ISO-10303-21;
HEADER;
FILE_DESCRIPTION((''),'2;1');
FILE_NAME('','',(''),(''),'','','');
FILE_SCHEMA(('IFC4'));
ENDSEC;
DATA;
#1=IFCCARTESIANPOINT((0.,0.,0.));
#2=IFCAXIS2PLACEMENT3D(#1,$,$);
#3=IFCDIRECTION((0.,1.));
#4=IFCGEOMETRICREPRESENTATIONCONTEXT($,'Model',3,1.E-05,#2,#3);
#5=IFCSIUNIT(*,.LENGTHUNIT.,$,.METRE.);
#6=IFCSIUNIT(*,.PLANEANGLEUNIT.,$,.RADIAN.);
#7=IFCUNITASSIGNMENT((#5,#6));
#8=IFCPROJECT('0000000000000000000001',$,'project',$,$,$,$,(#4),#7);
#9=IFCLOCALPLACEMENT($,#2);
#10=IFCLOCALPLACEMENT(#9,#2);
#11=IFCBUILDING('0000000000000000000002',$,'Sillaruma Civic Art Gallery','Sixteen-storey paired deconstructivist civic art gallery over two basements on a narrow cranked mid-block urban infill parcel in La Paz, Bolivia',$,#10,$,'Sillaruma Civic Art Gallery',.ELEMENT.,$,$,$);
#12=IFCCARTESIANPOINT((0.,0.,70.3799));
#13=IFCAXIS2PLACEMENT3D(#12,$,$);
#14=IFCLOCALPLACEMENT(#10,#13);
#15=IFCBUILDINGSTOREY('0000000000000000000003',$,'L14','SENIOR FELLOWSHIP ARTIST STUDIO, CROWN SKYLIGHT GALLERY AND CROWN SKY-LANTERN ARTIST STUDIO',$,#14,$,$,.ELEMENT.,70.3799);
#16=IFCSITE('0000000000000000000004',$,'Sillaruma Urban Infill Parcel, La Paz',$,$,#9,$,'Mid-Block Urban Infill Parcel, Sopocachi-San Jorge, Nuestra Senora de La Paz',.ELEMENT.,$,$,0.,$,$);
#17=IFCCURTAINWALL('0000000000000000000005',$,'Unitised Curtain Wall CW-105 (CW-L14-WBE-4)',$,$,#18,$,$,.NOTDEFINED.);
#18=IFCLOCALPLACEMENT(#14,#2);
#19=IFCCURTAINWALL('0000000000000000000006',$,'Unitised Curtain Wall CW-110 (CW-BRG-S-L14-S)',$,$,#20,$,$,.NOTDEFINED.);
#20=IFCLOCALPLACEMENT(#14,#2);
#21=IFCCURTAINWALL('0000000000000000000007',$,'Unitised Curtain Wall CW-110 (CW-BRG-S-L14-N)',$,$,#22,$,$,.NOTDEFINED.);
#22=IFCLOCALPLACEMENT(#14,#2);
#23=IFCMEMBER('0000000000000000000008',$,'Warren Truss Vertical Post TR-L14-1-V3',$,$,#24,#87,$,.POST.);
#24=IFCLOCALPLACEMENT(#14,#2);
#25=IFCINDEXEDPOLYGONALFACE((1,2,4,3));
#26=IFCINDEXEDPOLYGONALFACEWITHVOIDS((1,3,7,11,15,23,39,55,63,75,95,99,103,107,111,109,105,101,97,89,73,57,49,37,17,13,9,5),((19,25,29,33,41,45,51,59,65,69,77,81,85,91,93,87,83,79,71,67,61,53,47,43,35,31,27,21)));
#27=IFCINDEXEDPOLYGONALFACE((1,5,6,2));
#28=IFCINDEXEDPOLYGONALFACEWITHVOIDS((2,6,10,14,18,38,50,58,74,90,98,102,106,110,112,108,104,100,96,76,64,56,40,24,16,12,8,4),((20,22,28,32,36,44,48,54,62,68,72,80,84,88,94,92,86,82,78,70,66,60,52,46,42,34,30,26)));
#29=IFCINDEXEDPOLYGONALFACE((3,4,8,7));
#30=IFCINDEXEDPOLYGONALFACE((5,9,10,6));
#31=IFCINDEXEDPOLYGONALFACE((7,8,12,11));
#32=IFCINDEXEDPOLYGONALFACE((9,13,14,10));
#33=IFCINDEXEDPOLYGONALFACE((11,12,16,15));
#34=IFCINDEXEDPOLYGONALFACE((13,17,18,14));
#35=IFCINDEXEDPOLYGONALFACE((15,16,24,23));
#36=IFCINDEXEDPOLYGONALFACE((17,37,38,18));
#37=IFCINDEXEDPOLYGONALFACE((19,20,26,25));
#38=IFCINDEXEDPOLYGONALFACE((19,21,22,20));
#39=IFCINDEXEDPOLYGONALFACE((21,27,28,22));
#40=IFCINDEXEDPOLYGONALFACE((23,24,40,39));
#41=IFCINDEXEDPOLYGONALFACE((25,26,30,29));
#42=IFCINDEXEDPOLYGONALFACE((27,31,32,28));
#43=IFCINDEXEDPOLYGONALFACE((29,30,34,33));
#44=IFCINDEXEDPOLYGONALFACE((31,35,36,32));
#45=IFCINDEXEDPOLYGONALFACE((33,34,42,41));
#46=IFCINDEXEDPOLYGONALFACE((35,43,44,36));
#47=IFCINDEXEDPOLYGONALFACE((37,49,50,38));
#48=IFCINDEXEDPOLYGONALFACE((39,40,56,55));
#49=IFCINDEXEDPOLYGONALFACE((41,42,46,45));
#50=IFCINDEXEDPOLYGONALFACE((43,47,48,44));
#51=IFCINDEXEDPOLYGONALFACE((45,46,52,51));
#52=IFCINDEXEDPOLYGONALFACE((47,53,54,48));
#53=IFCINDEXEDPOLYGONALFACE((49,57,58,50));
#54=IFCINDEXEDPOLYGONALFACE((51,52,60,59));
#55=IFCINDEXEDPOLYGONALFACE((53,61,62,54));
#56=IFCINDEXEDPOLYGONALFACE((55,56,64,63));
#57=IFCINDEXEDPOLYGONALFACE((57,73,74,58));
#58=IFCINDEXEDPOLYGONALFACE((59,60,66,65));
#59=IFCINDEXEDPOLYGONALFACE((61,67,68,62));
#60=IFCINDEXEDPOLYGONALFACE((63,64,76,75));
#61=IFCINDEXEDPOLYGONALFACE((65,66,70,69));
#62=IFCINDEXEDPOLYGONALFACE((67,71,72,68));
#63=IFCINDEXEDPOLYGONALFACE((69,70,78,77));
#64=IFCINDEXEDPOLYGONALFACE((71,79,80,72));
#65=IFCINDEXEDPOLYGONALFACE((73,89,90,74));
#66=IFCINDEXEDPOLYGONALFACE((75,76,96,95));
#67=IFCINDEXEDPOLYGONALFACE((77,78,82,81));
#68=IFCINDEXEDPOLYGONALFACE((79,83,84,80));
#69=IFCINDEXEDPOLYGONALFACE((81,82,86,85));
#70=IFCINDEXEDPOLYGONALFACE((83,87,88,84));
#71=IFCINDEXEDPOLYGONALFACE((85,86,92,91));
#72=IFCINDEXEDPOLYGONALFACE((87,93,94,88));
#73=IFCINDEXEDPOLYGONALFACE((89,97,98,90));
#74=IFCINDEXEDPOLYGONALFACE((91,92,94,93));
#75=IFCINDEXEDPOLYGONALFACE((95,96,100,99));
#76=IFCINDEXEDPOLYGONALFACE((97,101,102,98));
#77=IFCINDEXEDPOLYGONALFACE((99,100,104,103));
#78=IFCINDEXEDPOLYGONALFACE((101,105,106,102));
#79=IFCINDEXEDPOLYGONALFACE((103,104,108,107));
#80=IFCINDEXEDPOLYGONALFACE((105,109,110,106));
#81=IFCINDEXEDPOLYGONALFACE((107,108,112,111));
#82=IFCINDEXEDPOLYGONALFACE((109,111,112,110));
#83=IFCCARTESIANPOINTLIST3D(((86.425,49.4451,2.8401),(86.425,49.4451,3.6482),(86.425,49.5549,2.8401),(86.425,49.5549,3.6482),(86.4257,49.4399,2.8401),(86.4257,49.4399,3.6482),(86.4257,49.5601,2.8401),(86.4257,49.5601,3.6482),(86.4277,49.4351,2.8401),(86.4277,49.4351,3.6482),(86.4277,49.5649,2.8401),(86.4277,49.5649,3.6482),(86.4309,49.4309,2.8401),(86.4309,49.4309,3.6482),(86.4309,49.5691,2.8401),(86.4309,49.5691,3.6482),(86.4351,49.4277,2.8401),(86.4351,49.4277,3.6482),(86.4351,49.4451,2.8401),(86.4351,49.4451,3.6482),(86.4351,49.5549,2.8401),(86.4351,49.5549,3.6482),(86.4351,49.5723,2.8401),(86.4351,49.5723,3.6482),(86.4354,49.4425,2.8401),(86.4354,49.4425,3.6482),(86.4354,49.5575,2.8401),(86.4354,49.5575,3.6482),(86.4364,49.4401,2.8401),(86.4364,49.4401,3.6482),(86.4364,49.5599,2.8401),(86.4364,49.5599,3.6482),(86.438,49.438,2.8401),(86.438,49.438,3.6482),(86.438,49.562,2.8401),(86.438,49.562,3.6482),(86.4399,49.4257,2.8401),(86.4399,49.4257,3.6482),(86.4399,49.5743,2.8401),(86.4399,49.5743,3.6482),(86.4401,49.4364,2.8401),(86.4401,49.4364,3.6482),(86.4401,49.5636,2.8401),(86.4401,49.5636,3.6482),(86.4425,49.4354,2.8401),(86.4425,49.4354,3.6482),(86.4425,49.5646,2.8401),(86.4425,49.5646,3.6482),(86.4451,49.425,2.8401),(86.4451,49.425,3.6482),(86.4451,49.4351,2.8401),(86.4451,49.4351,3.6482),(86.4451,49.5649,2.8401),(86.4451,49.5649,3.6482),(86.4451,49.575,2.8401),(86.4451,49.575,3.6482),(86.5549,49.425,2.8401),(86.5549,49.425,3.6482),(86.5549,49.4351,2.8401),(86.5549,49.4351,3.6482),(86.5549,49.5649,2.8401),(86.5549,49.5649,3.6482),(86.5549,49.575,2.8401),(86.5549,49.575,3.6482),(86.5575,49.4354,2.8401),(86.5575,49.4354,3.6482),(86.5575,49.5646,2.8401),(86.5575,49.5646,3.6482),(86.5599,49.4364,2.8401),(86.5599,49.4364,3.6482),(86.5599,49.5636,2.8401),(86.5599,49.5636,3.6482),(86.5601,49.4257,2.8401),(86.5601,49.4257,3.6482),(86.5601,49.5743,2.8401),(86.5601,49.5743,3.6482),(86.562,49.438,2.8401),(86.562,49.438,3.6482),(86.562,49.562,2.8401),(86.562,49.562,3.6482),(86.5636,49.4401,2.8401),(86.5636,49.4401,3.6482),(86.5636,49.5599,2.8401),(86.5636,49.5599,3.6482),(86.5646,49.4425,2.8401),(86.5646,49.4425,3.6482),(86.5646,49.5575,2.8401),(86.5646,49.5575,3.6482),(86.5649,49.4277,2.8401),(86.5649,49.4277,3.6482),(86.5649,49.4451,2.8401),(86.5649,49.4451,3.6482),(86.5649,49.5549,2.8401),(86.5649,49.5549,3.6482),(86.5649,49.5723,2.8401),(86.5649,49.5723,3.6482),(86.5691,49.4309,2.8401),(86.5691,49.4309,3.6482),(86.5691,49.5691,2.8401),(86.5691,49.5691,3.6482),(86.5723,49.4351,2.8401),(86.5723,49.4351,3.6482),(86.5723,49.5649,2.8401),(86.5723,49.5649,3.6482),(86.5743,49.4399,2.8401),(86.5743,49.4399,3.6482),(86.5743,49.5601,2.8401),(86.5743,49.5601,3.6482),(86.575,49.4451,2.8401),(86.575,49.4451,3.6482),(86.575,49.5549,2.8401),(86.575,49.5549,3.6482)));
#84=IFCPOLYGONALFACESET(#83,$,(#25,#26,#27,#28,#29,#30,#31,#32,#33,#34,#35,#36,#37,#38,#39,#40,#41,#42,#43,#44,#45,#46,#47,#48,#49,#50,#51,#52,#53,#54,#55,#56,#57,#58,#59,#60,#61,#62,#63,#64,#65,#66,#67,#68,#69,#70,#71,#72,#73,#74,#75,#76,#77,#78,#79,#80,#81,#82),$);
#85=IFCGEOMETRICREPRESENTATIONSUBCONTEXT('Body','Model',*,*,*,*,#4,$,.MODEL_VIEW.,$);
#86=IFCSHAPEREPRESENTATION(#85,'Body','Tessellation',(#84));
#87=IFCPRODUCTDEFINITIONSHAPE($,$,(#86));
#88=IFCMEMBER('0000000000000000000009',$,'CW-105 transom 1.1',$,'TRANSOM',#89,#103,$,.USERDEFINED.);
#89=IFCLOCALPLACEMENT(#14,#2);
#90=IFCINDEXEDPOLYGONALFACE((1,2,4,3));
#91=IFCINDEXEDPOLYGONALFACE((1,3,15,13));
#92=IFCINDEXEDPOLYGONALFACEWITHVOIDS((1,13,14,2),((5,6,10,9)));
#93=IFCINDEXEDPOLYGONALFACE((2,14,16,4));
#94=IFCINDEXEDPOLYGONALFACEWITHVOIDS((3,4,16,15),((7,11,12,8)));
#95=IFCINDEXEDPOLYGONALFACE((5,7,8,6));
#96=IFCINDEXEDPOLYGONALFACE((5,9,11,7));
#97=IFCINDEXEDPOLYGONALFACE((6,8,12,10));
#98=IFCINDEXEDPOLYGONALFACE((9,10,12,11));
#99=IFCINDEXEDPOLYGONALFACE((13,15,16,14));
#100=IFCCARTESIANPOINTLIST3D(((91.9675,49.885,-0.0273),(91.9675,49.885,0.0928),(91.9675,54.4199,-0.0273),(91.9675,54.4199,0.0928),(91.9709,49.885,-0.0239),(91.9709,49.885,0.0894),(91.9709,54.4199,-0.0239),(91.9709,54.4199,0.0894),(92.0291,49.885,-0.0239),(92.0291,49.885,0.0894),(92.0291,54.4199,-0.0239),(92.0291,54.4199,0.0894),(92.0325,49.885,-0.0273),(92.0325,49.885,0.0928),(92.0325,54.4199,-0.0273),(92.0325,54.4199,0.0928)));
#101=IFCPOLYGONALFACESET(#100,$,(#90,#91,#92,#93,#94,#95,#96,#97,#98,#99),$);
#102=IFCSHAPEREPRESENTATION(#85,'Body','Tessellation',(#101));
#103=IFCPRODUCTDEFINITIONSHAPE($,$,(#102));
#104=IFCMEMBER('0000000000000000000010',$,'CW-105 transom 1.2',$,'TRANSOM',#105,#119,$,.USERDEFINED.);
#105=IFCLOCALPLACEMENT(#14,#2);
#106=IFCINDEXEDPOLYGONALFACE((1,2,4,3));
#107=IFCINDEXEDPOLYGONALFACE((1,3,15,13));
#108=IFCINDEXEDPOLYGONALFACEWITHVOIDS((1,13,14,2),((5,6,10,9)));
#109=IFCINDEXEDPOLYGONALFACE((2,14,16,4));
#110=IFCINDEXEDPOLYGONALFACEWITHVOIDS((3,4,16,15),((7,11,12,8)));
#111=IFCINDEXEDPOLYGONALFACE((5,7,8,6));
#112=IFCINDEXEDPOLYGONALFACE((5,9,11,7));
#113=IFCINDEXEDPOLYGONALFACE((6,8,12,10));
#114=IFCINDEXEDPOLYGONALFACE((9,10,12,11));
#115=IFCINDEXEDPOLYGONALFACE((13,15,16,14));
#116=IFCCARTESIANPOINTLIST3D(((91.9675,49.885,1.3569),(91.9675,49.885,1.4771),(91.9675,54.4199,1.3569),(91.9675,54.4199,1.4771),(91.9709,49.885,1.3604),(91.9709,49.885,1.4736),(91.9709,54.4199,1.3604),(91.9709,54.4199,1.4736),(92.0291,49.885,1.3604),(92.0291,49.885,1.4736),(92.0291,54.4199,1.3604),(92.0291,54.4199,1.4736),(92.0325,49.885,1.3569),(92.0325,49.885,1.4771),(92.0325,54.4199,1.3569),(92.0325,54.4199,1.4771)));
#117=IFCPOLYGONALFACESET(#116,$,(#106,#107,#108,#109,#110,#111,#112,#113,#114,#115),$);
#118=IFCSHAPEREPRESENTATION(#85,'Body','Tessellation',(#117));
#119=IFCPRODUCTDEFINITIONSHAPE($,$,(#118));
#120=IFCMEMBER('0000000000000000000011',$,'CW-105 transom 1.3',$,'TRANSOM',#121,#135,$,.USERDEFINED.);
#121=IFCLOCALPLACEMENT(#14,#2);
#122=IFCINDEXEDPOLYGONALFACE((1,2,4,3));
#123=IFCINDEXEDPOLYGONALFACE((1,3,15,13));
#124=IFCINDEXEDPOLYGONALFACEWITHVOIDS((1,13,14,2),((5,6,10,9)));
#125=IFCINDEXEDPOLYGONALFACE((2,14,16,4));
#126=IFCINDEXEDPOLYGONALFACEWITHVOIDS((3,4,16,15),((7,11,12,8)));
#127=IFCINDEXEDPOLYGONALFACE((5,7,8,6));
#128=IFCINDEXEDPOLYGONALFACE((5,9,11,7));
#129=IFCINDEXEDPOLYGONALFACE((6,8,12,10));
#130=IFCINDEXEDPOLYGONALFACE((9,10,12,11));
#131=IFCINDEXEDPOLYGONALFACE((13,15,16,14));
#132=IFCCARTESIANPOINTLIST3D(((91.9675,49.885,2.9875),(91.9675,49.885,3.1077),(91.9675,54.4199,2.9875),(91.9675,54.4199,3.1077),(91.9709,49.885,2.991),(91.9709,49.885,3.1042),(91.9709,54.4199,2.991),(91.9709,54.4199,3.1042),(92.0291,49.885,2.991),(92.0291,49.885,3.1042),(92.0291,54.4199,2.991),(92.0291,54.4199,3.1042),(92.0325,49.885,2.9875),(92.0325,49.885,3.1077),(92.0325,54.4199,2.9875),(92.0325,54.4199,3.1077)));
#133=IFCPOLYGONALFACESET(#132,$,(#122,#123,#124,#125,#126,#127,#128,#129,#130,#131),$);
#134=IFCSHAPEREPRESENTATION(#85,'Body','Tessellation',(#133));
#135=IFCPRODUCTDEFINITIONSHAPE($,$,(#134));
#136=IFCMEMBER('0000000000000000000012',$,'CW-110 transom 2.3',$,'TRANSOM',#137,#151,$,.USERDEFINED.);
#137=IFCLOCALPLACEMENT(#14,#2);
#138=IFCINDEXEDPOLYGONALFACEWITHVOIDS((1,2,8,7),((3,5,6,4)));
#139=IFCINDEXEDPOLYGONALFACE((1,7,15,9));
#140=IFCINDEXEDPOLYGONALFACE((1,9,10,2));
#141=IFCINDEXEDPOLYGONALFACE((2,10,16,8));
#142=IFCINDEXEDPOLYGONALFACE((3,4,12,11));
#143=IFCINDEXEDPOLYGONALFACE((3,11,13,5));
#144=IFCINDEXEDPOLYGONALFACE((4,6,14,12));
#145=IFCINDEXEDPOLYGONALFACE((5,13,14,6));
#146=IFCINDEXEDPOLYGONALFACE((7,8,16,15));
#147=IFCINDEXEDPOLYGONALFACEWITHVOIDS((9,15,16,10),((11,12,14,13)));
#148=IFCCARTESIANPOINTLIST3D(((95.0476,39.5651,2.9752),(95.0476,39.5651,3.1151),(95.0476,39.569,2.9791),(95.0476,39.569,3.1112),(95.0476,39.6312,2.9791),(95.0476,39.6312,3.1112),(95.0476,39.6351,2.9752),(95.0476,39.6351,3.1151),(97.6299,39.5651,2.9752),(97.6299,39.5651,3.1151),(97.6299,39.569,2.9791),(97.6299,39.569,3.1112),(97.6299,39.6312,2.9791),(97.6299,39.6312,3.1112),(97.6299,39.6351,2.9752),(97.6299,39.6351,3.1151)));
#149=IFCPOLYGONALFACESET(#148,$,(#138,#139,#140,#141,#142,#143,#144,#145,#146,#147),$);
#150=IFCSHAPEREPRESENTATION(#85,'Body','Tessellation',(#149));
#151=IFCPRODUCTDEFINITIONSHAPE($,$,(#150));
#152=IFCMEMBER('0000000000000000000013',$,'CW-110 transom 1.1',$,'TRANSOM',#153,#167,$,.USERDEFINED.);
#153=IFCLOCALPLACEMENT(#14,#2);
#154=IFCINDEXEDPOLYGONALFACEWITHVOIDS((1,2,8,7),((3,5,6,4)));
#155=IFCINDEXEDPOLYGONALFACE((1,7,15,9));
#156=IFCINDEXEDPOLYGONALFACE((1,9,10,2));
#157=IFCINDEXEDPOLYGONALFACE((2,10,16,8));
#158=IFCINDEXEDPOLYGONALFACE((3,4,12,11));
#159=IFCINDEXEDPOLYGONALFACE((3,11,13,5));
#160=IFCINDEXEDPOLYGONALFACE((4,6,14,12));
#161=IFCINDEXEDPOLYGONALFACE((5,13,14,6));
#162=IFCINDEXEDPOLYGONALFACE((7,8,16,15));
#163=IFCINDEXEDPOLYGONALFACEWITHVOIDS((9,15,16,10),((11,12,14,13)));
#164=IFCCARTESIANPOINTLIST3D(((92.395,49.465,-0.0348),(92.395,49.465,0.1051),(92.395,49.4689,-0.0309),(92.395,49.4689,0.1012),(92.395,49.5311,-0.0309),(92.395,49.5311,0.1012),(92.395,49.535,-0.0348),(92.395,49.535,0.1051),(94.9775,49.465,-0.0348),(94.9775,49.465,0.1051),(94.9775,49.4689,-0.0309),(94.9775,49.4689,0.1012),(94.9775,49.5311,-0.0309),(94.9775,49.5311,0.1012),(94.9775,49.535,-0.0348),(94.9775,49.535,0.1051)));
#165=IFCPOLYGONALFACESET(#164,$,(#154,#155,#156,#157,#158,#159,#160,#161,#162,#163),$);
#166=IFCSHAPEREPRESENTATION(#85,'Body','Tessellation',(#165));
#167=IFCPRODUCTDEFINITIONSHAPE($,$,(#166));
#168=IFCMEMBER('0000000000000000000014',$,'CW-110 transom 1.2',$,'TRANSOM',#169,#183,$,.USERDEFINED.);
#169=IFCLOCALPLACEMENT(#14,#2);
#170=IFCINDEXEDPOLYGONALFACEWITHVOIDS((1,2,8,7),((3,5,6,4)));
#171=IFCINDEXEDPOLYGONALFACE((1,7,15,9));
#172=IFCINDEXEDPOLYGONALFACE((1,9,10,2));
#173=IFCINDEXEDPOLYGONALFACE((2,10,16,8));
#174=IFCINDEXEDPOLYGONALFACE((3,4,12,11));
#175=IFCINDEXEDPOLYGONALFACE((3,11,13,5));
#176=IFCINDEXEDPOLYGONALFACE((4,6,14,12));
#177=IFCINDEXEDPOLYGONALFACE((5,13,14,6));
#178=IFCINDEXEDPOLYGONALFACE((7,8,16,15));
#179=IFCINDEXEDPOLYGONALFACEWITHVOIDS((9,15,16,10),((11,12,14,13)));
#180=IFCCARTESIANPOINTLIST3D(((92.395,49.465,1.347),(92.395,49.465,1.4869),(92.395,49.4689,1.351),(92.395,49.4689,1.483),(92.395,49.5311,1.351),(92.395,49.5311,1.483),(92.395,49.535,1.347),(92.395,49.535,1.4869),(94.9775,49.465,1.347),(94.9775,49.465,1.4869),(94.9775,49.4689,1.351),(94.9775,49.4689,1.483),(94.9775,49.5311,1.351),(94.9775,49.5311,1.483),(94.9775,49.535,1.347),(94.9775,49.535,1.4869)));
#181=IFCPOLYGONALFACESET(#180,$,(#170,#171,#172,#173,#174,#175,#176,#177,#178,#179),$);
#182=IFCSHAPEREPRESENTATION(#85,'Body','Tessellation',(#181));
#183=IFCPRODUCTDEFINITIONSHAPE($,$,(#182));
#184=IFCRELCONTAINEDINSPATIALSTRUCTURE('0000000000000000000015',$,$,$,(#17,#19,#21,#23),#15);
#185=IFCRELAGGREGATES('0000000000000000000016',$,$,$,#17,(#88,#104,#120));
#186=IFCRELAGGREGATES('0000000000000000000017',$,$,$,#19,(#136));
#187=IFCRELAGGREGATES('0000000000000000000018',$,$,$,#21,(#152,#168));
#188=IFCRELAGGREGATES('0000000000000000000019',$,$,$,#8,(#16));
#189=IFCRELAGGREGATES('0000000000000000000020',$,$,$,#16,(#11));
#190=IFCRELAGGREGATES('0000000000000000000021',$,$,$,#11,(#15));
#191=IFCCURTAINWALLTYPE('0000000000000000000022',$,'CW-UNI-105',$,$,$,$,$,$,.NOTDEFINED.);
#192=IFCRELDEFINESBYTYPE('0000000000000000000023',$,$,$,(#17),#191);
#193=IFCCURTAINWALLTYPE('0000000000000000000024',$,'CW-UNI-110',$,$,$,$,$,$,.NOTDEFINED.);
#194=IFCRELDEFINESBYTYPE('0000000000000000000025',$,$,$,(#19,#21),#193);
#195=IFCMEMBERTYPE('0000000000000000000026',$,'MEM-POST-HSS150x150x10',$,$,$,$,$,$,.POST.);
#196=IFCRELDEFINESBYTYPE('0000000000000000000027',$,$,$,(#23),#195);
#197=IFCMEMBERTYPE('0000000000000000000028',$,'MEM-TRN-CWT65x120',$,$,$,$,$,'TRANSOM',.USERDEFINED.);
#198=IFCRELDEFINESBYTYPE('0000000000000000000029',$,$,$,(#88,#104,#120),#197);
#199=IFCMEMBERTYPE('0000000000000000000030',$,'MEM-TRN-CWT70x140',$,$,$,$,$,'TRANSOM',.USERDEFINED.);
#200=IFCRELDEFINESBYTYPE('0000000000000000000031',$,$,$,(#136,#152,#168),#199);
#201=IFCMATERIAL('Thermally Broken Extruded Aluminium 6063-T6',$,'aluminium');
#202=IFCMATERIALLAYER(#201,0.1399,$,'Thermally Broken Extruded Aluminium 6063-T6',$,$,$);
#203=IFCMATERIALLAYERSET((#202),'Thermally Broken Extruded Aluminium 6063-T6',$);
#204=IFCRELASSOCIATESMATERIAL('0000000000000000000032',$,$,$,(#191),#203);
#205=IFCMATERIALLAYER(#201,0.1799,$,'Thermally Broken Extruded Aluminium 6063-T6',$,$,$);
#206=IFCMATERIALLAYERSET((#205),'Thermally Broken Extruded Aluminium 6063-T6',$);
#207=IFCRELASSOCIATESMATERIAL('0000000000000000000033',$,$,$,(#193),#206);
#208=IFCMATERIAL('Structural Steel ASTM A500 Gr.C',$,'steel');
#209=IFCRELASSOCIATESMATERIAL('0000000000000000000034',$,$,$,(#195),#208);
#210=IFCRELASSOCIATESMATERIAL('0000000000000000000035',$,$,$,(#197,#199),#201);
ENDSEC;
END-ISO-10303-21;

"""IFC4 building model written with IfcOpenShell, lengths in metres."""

from ifc_helpers import new_model, si_unit, direction, frame, origin, origin_2d, place, context, subcontext, project, spatial, hollow_rectangle, extrude, material, layer, layer_set, material_profile, profile_set, type_object, element, aggregate, save


model = new_model("IFC4")

# Units and contexts
model_context = context("Model", 3, precision=1e-05, world=origin(), true_north=direction((0.0, 1.0)))
body_context = subcontext(model_context, "Body", "Model", "MODEL_VIEW")
ifc_project = project(units=[si_unit("LENGTHUNIT", "METRE"), si_unit("PLANEANGLEUNIT", "RADIAN")], contexts=[model_context])

# Site, building, storey
site_placement = place(None, origin())
site = spatial("IfcSite", under=ifc_project, at=site_placement, Name="Sillaruma Urban Infill Parcel, La Paz", LongName="Mid-Block Urban Infill Parcel, Sopocachi-San Jorge, Nuestra Senora de La Paz", CompositionType="ELEMENT", RefElevation=0.0)
building_placement = place(site_placement, origin())
building = spatial("IfcBuilding", under=site, at=building_placement, Name="Sillaruma Civic Art Gallery", Description="Sixteen-storey paired deconstructivist civic art gallery over two basements on a narrow cranked mid-block urban infill parcel in La Paz, Bolivia", LongName="Sillaruma Civic Art Gallery", CompositionType="ELEMENT")
storey_placement = place(building_placement, frame((0.0, 0.0, 70.3799)))
storey = spatial("IfcBuildingStorey", under=building, at=storey_placement, Name="L14", Description="SENIOR FELLOWSHIP ARTIST STUDIO, CROWN SKYLIGHT GALLERY AND CROWN SKY-LANTERN ARTIST STUDIO", CompositionType="ELEMENT", Elevation=70.3799)

# Shared definitions
ifc_material_1 = material(Name="Structural Steel ASTM A500 Gr.C", Category="steel")

# Curtain walls
ifc_material_2 = material(Name="Thermally Broken Extruded Aluminium 6063-T6", Category="aluminium")
ifc_layer_1 = layer(ifc_material_2, 0.1399, Name="Thermally Broken Extruded Aluminium 6063-T6")
ifc_layer_set_1 = layer_set([ifc_layer_1], Name="Thermally Broken Extruded Aluminium 6063-T6")
curtain_wall_type_1 = type_object("IfcCurtainWallType", Name="CW-UNI-105", PredefinedType="NOTDEFINED", material=ifc_layer_set_1)
curtain_wall_1_placement = place(storey_placement, origin())
curtain_wall_1 = element("IfcCurtainWall", 1, at=curtain_wall_1_placement, inside=storey, type_object=curtain_wall_type_1, Name="Unitised Curtain Wall CW-105 (CW-L14-WBE-4)", PredefinedType="NOTDEFINED")
ifc_layer_2 = layer(ifc_material_2, 0.1799, Name="Thermally Broken Extruded Aluminium 6063-T6")
ifc_layer_set_2 = layer_set([ifc_layer_2], Name="Thermally Broken Extruded Aluminium 6063-T6")
curtain_wall_type_2 = type_object("IfcCurtainWallType", Name="CW-UNI-110", PredefinedType="NOTDEFINED", material=ifc_layer_set_2)
curtain_wall_2_placement = place(storey_placement, origin())
curtain_wall_2 = element("IfcCurtainWall", 2, at=curtain_wall_2_placement, inside=storey, type_object=curtain_wall_type_2, Name="Unitised Curtain Wall CW-110 (CW-BRG-S-L14-S)", PredefinedType="NOTDEFINED")

# Curtain wall
curtain_wall_3_placement = place(storey_placement, origin())
curtain_wall_3 = element("IfcCurtainWall", 3, at=curtain_wall_3_placement, inside=storey, type_object=curtain_wall_type_2, Name="Unitised Curtain Wall CW-110 (CW-BRG-S-L14-N)", PredefinedType="NOTDEFINED")

# Member
ifc_material_profile_1 = material_profile(ifc_material_1, hollow_rectangle(XDim=0.1499, YDim=0.1499, WallThickness=0.01, InnerFilletRadius=0.01, OuterFilletRadius=0.02, at=origin_2d()), Name="HSS150x150x10")
ifc_profile_set_1 = profile_set([ifc_material_profile_1], Name="Structural Steel ASTM A500 Gr.C")
member_type_1 = type_object("IfcMemberType", Name="MEM-POST-HSS150x150x10", PredefinedType="POST", material=ifc_profile_set_1)
for number, where, z_axis, x_axis, name in (
    (4, (86.5, 49.5, 2.8401), (0.0, 0.0, 1.0), (1.0, 0.0, 0.0), "Warren Truss Vertical Post TR-L14-1-V3"),
):
    element("IfcMember", number, at=place(storey_placement, frame(where, z_axis=z_axis, x_axis=x_axis)), inside=storey, type_object=member_type_1, Name=name, PredefinedType="POST", context=body_context, shape_type="SweptSolid", body=[
        extrude(hollow_rectangle(XDim=0.1499, YDim=0.1499, WallThickness=0.01, InnerFilletRadius=0.01, OuterFilletRadius=0.02, at=origin_2d()), origin(), (0.0, 0.0, 1.0), 0.8081),
    ])

# Members
ifc_material_profile_2 = material_profile(ifc_material_2, hollow_rectangle(XDim=0.0649, YDim=0.1201, WallThickness=0.0034, at=origin_2d()), Name="CWT65x120")
ifc_profile_set_2 = profile_set([ifc_material_profile_2], Name="Thermally Broken Extruded Aluminium 6063-T6")
member_type_2 = type_object("IfcMemberType", Name="MEM-TRN-CWT65x120", ElementType="TRANSOM", PredefinedType="USERDEFINED", material=ifc_profile_set_2)
member_1_placement = place(storey_placement, frame((92.0, 49.885, 0.0327), z_axis=(0.0, 1.0, 0.0), x_axis=(-1.0, 0.0, 0.0)))
member_1 = element("IfcMember", 5, at=member_1_placement, type_object=member_type_2, Name="CW-105 transom 1.1", ObjectType="TRANSOM", PredefinedType="USERDEFINED", context=body_context, shape_type="SweptSolid", body=[
    extrude(hollow_rectangle(XDim=0.0649, YDim=0.1201, WallThickness=0.0034, at=origin_2d()), origin(), (0.0, 0.0, 1.0), 4.5349),
])
member_2_placement = place(storey_placement, frame((92.0, 49.885, 1.417), z_axis=(0.0, 1.0, 0.0), x_axis=(-1.0, 0.0, 0.0)))
member_2 = element("IfcMember", 6, at=member_2_placement, type_object=member_type_2, Name="CW-105 transom 1.2", ObjectType="TRANSOM", PredefinedType="USERDEFINED", context=body_context, shape_type="SweptSolid", body=[
    extrude(hollow_rectangle(XDim=0.0649, YDim=0.1201, WallThickness=0.0034, at=origin_2d()), origin(), (0.0, 0.0, 1.0), 4.5349),
])
member_3_placement = place(storey_placement, frame((92.0, 49.885, 3.0476), z_axis=(0.0, 1.0, 0.0), x_axis=(-1.0, 0.0, 0.0)))
member_3 = element("IfcMember", 7, at=member_3_placement, type_object=member_type_2, Name="CW-105 transom 1.3", ObjectType="TRANSOM", PredefinedType="USERDEFINED", context=body_context, shape_type="SweptSolid", body=[
    extrude(hollow_rectangle(XDim=0.0649, YDim=0.1201, WallThickness=0.0034, at=origin_2d()), origin(), (0.0, 0.0, 1.0), 4.5349),
])
ifc_material_profile_3 = material_profile(ifc_material_2, hollow_rectangle(XDim=0.0701, YDim=0.1399, WallThickness=0.0039, at=origin_2d()), Name="CWT70x140")
ifc_profile_set_3 = profile_set([ifc_material_profile_3], Name="Thermally Broken Extruded Aluminium 6063-T6")
member_type_3 = type_object("IfcMemberType", Name="MEM-TRN-CWT70x140", ElementType="TRANSOM", PredefinedType="USERDEFINED", material=ifc_profile_set_3)
member_4_placement = place(storey_placement, frame((95.0476, 39.6001, 3.0452), z_axis=(1.0, 0.0, 0.0), x_axis=(0.0, 1.0, 0.0)))
member_4 = element("IfcMember", 8, at=member_4_placement, type_object=member_type_3, Name="CW-110 transom 2.3", ObjectType="TRANSOM", PredefinedType="USERDEFINED", context=body_context, shape_type="SweptSolid", body=[
    extrude(hollow_rectangle(XDim=0.0701, YDim=0.1399, WallThickness=0.0039, at=origin_2d()), origin(), (0.0, 0.0, 1.0), 2.5823),
])
member_5_placement = place(storey_placement, frame((92.395, 49.5, 0.0352), z_axis=(1.0, 0.0, 0.0), x_axis=(0.0, 1.0, 0.0)))
member_5 = element("IfcMember", 9, at=member_5_placement, type_object=member_type_3, Name="CW-110 transom 1.1", ObjectType="TRANSOM", PredefinedType="USERDEFINED", context=body_context, shape_type="SweptSolid", body=[
    extrude(hollow_rectangle(XDim=0.0701, YDim=0.1399, WallThickness=0.0039, at=origin_2d()), origin(), (0.0, 0.0, 1.0), 2.5825),
])
member_6_placement = place(storey_placement, frame((92.395, 49.5, 1.417), z_axis=(1.0, 0.0, 0.0), x_axis=(0.0, 1.0, 0.0)))
member_6 = element("IfcMember", 10, at=member_6_placement, type_object=member_type_3, Name="CW-110 transom 1.2", ObjectType="TRANSOM", PredefinedType="USERDEFINED", context=body_context, shape_type="SweptSolid", body=[
    extrude(hollow_rectangle(XDim=0.0701, YDim=0.1399, WallThickness=0.0039, at=origin_2d()), origin(), (0.0, 0.0, 1.0), 2.5825),
])

aggregate(curtain_wall_1, [member_1, member_2, member_3])
aggregate(curtain_wall_2, [member_4])
aggregate(curtain_wall_3, [member_5, member_6])

save(model, "model.ifc")
